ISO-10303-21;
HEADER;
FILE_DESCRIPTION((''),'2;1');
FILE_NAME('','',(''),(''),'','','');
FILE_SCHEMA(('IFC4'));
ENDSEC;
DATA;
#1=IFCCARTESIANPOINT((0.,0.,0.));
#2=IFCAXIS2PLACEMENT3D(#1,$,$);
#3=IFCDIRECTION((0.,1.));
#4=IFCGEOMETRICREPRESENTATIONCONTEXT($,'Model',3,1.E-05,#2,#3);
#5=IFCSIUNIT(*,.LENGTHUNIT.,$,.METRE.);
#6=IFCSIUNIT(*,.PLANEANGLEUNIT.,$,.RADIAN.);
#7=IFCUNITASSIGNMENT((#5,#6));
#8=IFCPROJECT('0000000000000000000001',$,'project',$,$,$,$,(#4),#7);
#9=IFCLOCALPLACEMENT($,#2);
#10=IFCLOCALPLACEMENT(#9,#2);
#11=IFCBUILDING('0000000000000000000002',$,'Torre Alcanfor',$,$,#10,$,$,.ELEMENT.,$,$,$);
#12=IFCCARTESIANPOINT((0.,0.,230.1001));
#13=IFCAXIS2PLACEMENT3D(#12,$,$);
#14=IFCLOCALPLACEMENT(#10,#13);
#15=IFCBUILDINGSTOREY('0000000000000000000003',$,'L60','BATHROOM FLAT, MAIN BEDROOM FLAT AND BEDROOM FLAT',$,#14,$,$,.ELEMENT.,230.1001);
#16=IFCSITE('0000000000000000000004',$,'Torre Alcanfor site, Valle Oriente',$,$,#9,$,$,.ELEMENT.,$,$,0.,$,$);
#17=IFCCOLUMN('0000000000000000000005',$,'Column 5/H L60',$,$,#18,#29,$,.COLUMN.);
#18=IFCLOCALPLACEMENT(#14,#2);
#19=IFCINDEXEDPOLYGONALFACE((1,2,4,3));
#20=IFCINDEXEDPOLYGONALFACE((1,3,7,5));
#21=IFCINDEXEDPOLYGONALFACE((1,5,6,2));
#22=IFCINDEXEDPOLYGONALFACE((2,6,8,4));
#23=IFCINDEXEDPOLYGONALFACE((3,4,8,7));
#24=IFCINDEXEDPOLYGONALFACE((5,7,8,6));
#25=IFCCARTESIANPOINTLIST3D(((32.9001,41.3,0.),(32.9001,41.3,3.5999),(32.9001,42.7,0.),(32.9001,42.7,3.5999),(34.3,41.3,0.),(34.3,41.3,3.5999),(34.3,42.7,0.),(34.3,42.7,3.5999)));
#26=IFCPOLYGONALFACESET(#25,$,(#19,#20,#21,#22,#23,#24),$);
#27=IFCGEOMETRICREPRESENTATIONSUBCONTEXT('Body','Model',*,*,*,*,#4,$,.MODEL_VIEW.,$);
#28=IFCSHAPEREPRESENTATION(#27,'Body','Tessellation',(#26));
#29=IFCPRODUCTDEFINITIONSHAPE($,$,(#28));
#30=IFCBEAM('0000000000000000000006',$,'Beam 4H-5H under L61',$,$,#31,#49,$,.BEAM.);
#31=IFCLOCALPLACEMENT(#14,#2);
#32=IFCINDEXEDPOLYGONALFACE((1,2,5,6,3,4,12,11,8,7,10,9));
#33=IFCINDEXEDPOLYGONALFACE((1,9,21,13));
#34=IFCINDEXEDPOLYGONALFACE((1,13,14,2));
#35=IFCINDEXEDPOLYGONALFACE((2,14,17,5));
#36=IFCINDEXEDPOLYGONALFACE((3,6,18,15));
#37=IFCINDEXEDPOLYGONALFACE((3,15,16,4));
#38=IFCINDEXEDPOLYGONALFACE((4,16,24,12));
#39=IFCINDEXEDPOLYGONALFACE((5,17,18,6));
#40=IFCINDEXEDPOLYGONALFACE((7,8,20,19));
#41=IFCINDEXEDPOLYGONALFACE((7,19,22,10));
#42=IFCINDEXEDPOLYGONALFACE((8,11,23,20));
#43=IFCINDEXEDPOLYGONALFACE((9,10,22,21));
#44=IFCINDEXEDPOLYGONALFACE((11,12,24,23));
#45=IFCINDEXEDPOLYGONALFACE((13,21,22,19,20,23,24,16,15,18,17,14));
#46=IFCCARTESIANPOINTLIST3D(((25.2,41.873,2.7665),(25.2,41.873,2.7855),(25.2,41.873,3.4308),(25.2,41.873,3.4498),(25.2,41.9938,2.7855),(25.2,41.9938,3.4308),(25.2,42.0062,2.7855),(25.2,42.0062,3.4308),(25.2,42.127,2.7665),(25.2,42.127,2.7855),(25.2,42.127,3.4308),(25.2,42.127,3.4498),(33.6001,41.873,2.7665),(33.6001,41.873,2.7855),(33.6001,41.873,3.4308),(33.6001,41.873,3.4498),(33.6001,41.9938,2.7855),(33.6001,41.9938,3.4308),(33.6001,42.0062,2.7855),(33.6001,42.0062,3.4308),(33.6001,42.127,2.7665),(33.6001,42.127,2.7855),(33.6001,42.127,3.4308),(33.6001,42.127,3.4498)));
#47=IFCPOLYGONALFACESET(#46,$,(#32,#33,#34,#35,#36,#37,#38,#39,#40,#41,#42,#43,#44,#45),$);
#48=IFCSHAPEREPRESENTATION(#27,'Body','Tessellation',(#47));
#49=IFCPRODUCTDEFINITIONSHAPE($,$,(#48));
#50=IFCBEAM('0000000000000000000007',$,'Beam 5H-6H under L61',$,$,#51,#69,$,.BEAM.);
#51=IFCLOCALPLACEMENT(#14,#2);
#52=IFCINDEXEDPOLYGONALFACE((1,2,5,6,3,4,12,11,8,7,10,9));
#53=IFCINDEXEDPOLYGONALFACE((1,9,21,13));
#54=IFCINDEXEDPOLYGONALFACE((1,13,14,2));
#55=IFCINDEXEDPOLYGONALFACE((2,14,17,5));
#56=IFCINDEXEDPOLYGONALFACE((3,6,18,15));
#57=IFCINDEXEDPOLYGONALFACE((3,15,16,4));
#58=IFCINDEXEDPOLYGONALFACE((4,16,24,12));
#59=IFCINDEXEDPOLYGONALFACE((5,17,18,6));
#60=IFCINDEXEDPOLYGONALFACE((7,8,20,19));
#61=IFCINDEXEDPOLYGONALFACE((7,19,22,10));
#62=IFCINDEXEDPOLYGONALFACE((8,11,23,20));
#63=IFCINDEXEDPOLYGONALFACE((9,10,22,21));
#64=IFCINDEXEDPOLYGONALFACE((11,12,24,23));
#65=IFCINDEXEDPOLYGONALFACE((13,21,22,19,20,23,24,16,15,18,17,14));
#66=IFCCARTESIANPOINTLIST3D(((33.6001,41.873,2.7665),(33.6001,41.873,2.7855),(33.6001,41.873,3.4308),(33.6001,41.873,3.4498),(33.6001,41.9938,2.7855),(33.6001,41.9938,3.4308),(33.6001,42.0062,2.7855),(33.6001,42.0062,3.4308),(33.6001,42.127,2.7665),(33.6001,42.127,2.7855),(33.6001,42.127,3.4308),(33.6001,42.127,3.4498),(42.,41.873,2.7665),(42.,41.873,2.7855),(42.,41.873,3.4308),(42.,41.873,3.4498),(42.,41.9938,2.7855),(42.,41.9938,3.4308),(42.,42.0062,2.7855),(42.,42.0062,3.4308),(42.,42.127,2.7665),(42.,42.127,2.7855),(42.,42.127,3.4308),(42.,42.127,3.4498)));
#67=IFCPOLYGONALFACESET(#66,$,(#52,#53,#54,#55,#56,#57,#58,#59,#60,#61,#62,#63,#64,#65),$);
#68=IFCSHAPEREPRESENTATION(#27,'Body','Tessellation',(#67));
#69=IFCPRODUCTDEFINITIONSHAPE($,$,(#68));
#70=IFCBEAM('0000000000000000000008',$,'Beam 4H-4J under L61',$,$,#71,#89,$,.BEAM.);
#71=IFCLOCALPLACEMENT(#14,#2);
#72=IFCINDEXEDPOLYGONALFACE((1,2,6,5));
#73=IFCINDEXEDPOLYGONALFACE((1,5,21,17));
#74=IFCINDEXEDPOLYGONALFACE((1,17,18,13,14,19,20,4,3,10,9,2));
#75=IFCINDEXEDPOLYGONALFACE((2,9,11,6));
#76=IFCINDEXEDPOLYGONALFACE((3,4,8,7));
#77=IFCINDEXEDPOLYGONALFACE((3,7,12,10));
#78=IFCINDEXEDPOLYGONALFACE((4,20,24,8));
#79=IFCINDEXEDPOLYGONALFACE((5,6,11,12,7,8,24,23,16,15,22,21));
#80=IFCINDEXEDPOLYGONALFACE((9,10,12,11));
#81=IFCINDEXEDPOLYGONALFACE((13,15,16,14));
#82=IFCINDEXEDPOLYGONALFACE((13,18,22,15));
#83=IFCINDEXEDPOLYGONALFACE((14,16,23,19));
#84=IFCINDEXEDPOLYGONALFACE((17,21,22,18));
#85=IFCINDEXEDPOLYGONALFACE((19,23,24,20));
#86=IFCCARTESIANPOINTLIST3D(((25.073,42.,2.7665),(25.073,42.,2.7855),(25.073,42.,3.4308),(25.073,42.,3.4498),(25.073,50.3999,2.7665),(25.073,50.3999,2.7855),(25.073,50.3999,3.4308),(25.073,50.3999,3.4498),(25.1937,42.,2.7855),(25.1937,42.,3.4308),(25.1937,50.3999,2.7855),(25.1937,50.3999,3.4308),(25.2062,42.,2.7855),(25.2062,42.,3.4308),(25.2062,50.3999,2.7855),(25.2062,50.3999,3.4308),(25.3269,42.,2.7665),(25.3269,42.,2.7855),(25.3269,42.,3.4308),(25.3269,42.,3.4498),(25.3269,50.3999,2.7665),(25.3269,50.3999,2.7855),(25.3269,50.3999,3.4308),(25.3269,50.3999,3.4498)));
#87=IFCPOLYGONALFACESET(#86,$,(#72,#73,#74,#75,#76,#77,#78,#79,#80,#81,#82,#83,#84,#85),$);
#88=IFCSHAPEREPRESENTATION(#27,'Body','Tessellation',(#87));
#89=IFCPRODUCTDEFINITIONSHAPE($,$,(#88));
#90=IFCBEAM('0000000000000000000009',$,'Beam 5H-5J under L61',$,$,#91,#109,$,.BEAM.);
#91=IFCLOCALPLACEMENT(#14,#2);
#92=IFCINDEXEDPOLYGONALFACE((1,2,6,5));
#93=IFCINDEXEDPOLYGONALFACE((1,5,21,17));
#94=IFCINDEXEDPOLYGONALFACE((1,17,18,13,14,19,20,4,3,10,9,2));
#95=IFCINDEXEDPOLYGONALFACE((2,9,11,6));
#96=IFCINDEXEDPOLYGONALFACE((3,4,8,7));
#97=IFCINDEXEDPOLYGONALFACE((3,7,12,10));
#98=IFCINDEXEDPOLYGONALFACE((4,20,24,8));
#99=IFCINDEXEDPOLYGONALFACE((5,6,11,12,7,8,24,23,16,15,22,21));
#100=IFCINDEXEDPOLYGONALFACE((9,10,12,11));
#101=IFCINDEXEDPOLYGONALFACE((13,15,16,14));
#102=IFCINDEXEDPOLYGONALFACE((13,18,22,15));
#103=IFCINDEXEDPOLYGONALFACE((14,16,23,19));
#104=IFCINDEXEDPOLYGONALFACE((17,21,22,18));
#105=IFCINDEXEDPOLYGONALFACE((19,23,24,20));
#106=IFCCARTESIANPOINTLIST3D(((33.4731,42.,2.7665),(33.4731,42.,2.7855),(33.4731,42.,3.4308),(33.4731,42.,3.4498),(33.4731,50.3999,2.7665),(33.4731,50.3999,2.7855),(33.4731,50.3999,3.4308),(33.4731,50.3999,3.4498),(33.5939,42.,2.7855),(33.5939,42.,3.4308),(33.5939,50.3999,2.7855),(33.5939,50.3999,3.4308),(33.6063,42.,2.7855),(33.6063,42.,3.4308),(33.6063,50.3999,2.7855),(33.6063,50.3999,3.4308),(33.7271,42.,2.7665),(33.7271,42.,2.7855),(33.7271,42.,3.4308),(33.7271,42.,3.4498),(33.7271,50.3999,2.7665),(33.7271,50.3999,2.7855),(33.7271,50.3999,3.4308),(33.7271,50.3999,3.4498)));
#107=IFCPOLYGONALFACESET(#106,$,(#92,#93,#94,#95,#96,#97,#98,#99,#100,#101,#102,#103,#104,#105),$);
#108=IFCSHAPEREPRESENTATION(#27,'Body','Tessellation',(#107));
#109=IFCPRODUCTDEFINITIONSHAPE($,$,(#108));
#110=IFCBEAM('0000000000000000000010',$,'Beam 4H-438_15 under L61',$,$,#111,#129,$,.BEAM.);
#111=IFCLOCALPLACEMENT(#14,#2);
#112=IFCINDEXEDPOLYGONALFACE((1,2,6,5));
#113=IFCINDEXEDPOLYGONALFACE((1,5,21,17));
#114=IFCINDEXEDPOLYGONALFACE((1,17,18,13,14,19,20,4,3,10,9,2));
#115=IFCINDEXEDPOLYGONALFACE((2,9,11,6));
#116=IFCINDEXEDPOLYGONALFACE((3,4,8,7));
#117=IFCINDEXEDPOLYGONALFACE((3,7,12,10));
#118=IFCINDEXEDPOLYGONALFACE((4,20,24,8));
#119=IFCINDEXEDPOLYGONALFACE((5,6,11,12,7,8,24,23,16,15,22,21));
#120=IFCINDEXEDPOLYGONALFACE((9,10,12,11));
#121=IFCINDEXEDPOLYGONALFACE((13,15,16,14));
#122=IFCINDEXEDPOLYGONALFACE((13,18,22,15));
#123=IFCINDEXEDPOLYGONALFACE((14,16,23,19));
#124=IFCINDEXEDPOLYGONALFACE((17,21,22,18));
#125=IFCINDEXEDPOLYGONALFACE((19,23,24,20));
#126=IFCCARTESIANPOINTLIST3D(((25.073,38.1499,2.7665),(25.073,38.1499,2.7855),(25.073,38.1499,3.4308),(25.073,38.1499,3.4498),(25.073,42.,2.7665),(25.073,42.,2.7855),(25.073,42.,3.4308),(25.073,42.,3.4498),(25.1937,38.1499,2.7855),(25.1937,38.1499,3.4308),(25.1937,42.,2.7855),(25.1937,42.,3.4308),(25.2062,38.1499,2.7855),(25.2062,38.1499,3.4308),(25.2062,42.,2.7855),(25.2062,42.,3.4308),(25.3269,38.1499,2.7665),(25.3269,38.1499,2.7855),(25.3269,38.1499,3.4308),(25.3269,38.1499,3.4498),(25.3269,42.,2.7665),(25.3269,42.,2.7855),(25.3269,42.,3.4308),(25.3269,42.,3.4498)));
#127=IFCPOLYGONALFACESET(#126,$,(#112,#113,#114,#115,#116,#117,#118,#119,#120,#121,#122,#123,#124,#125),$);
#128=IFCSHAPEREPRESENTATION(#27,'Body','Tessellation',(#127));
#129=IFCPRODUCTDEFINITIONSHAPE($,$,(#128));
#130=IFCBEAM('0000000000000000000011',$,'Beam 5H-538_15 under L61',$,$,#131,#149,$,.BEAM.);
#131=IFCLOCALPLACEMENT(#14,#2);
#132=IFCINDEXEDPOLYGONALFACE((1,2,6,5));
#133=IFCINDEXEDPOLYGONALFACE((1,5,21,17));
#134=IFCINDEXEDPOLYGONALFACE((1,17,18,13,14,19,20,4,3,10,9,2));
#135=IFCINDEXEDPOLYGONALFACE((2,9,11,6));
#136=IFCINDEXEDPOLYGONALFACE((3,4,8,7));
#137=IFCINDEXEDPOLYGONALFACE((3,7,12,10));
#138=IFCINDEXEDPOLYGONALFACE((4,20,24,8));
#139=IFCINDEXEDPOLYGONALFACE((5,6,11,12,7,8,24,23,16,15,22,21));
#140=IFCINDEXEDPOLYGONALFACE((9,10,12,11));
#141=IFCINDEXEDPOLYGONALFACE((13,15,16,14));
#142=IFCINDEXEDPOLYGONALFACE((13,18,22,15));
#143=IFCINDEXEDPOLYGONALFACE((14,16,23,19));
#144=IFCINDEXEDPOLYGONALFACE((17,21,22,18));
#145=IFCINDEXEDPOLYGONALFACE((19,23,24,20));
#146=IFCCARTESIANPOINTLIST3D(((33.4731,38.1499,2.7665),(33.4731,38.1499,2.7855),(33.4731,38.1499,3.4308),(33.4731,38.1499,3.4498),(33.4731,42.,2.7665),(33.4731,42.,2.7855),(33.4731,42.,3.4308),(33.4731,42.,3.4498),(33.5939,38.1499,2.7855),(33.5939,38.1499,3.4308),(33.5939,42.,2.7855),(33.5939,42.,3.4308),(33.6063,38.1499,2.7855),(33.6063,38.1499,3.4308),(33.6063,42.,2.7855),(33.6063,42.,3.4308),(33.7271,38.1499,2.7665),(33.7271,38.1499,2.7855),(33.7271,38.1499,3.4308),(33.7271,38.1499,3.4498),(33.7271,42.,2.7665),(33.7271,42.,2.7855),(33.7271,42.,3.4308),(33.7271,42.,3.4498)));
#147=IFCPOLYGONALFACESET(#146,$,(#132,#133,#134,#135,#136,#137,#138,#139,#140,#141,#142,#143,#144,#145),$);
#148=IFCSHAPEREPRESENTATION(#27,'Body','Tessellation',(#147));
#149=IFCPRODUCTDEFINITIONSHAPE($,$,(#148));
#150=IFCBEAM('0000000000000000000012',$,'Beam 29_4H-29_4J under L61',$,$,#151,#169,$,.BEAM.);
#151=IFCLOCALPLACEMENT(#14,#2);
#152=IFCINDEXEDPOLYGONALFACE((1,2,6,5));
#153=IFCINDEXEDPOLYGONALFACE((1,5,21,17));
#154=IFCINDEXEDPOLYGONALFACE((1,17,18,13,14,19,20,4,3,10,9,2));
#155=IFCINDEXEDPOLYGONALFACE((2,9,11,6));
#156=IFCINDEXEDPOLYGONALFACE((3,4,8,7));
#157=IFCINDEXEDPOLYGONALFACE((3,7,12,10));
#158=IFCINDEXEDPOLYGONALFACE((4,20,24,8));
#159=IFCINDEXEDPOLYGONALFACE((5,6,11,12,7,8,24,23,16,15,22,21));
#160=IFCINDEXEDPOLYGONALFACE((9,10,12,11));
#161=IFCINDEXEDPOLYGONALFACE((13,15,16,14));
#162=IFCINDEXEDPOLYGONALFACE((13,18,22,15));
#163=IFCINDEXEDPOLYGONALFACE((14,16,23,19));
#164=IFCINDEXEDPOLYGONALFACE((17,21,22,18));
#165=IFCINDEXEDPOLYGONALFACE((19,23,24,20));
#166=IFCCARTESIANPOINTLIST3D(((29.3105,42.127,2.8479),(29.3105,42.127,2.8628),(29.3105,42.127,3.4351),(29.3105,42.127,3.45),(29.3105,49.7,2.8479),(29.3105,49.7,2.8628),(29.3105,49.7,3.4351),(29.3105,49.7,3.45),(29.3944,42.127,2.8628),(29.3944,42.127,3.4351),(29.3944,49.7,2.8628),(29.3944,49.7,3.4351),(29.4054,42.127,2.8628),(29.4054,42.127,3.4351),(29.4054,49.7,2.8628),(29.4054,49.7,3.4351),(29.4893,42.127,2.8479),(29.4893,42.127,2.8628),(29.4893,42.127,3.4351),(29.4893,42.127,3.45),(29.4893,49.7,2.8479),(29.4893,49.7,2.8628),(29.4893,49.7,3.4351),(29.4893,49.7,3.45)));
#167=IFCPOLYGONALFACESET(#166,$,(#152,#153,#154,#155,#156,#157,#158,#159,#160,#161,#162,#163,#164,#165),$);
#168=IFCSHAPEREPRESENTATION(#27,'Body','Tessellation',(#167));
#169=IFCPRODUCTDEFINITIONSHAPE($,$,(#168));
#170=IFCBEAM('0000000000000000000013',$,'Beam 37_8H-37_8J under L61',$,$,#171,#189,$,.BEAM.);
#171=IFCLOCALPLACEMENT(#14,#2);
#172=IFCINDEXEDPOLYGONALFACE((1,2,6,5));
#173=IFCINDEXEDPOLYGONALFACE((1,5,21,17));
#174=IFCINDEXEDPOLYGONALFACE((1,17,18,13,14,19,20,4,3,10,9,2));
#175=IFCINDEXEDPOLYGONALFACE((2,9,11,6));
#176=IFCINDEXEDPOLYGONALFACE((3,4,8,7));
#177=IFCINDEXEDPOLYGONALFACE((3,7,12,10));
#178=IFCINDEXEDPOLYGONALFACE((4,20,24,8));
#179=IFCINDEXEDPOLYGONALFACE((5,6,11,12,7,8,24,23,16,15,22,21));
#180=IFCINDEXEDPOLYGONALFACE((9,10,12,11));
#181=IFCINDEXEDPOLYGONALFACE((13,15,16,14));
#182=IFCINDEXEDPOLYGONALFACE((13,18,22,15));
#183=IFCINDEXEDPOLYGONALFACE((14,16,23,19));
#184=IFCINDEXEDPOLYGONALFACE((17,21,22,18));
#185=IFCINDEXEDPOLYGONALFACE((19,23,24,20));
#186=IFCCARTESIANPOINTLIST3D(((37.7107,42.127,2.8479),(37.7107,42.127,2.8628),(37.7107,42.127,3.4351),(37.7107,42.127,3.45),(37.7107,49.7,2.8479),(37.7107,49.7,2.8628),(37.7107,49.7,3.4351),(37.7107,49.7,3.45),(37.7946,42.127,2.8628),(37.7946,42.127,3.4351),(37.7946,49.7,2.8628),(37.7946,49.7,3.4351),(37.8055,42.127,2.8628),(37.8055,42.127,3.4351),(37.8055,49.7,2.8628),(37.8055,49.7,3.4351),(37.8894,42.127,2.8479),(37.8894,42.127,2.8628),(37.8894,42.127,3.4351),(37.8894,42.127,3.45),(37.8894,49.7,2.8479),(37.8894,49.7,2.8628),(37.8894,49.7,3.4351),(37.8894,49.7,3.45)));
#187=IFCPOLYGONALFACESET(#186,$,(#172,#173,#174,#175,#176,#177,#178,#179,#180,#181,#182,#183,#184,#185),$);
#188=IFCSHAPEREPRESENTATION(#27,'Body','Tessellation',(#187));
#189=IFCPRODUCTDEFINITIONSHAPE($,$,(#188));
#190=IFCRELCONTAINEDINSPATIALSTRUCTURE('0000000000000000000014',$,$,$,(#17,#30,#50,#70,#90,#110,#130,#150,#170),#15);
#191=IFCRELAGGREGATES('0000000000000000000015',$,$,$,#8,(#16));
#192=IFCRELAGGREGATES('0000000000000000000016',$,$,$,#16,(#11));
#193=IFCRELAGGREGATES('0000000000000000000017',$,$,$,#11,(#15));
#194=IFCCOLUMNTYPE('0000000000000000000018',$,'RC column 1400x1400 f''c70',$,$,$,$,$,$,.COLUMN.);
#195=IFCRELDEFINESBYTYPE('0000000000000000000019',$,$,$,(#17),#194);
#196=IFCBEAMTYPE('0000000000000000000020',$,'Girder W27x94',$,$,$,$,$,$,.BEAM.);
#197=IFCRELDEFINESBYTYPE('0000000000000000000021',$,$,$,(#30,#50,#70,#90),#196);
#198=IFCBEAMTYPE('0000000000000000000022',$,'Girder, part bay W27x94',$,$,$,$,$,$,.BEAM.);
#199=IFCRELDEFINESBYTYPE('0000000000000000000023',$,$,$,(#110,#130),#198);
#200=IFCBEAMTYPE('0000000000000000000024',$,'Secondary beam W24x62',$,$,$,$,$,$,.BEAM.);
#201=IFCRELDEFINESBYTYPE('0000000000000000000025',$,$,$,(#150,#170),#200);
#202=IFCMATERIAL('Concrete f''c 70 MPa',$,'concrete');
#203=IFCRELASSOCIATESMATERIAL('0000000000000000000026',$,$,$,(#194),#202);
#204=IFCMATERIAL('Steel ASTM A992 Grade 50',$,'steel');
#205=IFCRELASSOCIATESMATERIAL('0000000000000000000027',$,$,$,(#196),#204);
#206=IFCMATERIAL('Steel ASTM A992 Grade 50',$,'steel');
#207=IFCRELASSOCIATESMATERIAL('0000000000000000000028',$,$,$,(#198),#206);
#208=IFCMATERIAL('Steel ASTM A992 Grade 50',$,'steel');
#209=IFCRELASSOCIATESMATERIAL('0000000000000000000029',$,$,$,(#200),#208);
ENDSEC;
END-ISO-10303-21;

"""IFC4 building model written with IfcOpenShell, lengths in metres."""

from ifc_helpers import new_model, si_unit, direction, frame, origin, origin_2d, place, context, subcontext, project, spatial, rectangle, i_section, extrude, material, material_profile, profile_set, type_object, element, save


model = new_model("IFC4")

# Units and contexts
model_context = context("Model", 3, precision=1e-05, world=origin(), true_north=direction((0.0, 1.0)))
body_context = subcontext(model_context, "Body", "Model", "MODEL_VIEW")
ifc_project = project(units=[si_unit("LENGTHUNIT", "METRE"), si_unit("PLANEANGLEUNIT", "RADIAN")], contexts=[model_context])

# Site, building, storey
site_placement = place(None, origin())
site = spatial("IfcSite", under=ifc_project, at=site_placement, Name="Torre Alcanfor site, Valle Oriente", CompositionType="ELEMENT", RefElevation=0.0)
building_placement = place(site_placement, origin())
building = spatial("IfcBuilding", under=site, at=building_placement, Name="Torre Alcanfor", CompositionType="ELEMENT")
storey_placement = place(building_placement, frame((0.0, 0.0, 230.1001)))
storey = spatial("IfcBuildingStorey", under=building, at=storey_placement, Name="L60", Description="BATHROOM FLAT, MAIN BEDROOM FLAT AND BEDROOM FLAT", CompositionType="ELEMENT", Elevation=230.1001)

# Column
ifc_material_1 = material(Name="Concrete f'c 70 MPa", Category="concrete")
ifc_material_profile_1 = material_profile(ifc_material_1, rectangle(XDim=1.3999, YDim=1.3999, at=origin_2d()), Name="1400x1400")
ifc_profile_set_1 = profile_set([ifc_material_profile_1], Name="Concrete f'c 70 MPa")
column_type = type_object("IfcColumnType", Name="RC column 1400x1400 f'c70", PredefinedType="COLUMN", material=ifc_profile_set_1)
column_placement = place(storey_placement, frame((33.6001, 42.0, 0.0), z_axis=(0.0, 0.0, 1.0), x_axis=(1.0, 0.0, 0.0)))
element("IfcColumn", 1, at=column_placement, inside=storey, type_object=column_type, Name="Column 5/H L60", PredefinedType="COLUMN", context=body_context, shape_type="SweptSolid", body=[
    extrude(rectangle(XDim=1.3999, YDim=1.3999, at=origin_2d()), origin(), (0.0, 0.0, 1.0), 3.5999),
])

# Beams
ifc_material_2 = material(Name="Steel ASTM A992 Grade 50", Category="steel")
ifc_material_profile_2 = material_profile(ifc_material_2, i_section(OverallWidth=0.2539, OverallDepth=0.6833, WebThickness=0.0125, FlangeThickness=0.019, at=origin_2d()), Name="W27x94")
ifc_profile_set_2 = profile_set([ifc_material_profile_2], Name="Steel ASTM A992 Grade 50")
beam_type_1 = type_object("IfcBeamType", Name="Girder W27x94", PredefinedType="BEAM", material=ifc_profile_set_2)
beam_1_placement = place(storey_placement, frame((25.2, 42.0, 3.1082), z_axis=(1.0, 0.0, 0.0), x_axis=(0.0, 1.0, 0.0)))
element("IfcBeam", 2, at=beam_1_placement, inside=storey, type_object=beam_type_1, Name="Beam 4H-5H under L61", PredefinedType="BEAM", context=body_context, shape_type="SweptSolid", body=[
    extrude(i_section(OverallWidth=0.2539, OverallDepth=0.6833, WebThickness=0.0125, FlangeThickness=0.019, at=origin_2d()), origin(), (0.0, 0.0, 1.0), 8.4001),
])
for number, where, z_axis, x_axis, name in (
    (3, (33.6001, 42.0, 3.1082), (1.0, 0.0, 0.0), (0.0, 1.0, 0.0), "Beam 5H-6H under L61"),
    (4, (25.2, 42.0, 3.1082), (0.0, 1.0, 0.0), (-1.0, 0.0, 0.0), "Beam 4H-4J under L61"),
    (5, (33.6001, 42.0, 3.1082), (0.0, 1.0, 0.0), (-1.0, 0.0, 0.0), "Beam 5H-5J under L61"),
):
    element("IfcBeam", number, at=place(storey_placement, frame(where, z_axis=z_axis, x_axis=x_axis)), inside=storey, type_object=beam_type_1, Name=name, PredefinedType="BEAM", context=body_context, shape_type="SweptSolid", body=[
        extrude(i_section(OverallWidth=0.2539, OverallDepth=0.6833, WebThickness=0.0125, FlangeThickness=0.019, at=origin_2d()), origin(), (0.0, 0.0, 1.0), 8.3999),
    ])
ifc_material_3 = material(Name="Steel ASTM A992 Grade 50", Category="steel")
ifc_material_profile_3 = material_profile(ifc_material_3, i_section(OverallWidth=0.2539, OverallDepth=0.6833, WebThickness=0.0125, FlangeThickness=0.019, at=origin_2d()), Name="W27x94")
ifc_profile_set_3 = profile_set([ifc_material_profile_3], Name="Steel ASTM A992 Grade 50")
beam_type_2 = type_object("IfcBeamType", Name="Girder, part bay W27x94", PredefinedType="BEAM", material=ifc_profile_set_3)
for number, where, z_axis, x_axis, name in (
    (6, (25.2, 42.0, 3.1082), (0.0, -1.0, 0.0), (1.0, 0.0, 0.0), "Beam 4H-438_15 under L61"),
    (7, (33.6001, 42.0, 3.1082), (0.0, -1.0, 0.0), (1.0, 0.0, 0.0), "Beam 5H-538_15 under L61"),
):
    element("IfcBeam", number, at=place(storey_placement, frame(where, z_axis=z_axis, x_axis=x_axis)), inside=storey, type_object=beam_type_2, Name=name, PredefinedType="BEAM", context=body_context, shape_type="SweptSolid", body=[
        extrude(i_section(OverallWidth=0.2539, OverallDepth=0.6833, WebThickness=0.0125, FlangeThickness=0.019, at=origin_2d()), origin(), (0.0, 0.0, 1.0), 3.8501),
    ])
ifc_material_4 = material(Name="Steel ASTM A992 Grade 50", Category="steel")
ifc_material_profile_4 = material_profile(ifc_material_4, i_section(OverallWidth=0.1787, OverallDepth=0.6021, WebThickness=0.011, FlangeThickness=0.0149, at=origin_2d()), Name="W24x62")
ifc_profile_set_4 = profile_set([ifc_material_profile_4], Name="Steel ASTM A992 Grade 50")
beam_type_3 = type_object("IfcBeamType", Name="Secondary beam W24x62", PredefinedType="BEAM", material=ifc_profile_set_4)
for number, where, z_axis, x_axis, name in (
    (8, (29.3999, 42.127, 3.1489), (0.0, 1.0, 0.0), (-1.0, 0.0, 0.0), "Beam 29_4H-29_4J under L61"),
    (9, (37.8, 42.127, 3.1489), (0.0, 1.0, 0.0), (-1.0, 0.0, 0.0), "Beam 37_8H-37_8J under L61"),
):
    element("IfcBeam", number, at=place(storey_placement, frame(where, z_axis=z_axis, x_axis=x_axis)), inside=storey, type_object=beam_type_3, Name=name, PredefinedType="BEAM", context=body_context, shape_type="SweptSolid", body=[
        extrude(i_section(OverallWidth=0.1787, OverallDepth=0.6021, WebThickness=0.011, FlangeThickness=0.0149, at=origin_2d()), origin(), (0.0, 0.0, 1.0), 7.573),
    ])

save(model, "model.ifc")
